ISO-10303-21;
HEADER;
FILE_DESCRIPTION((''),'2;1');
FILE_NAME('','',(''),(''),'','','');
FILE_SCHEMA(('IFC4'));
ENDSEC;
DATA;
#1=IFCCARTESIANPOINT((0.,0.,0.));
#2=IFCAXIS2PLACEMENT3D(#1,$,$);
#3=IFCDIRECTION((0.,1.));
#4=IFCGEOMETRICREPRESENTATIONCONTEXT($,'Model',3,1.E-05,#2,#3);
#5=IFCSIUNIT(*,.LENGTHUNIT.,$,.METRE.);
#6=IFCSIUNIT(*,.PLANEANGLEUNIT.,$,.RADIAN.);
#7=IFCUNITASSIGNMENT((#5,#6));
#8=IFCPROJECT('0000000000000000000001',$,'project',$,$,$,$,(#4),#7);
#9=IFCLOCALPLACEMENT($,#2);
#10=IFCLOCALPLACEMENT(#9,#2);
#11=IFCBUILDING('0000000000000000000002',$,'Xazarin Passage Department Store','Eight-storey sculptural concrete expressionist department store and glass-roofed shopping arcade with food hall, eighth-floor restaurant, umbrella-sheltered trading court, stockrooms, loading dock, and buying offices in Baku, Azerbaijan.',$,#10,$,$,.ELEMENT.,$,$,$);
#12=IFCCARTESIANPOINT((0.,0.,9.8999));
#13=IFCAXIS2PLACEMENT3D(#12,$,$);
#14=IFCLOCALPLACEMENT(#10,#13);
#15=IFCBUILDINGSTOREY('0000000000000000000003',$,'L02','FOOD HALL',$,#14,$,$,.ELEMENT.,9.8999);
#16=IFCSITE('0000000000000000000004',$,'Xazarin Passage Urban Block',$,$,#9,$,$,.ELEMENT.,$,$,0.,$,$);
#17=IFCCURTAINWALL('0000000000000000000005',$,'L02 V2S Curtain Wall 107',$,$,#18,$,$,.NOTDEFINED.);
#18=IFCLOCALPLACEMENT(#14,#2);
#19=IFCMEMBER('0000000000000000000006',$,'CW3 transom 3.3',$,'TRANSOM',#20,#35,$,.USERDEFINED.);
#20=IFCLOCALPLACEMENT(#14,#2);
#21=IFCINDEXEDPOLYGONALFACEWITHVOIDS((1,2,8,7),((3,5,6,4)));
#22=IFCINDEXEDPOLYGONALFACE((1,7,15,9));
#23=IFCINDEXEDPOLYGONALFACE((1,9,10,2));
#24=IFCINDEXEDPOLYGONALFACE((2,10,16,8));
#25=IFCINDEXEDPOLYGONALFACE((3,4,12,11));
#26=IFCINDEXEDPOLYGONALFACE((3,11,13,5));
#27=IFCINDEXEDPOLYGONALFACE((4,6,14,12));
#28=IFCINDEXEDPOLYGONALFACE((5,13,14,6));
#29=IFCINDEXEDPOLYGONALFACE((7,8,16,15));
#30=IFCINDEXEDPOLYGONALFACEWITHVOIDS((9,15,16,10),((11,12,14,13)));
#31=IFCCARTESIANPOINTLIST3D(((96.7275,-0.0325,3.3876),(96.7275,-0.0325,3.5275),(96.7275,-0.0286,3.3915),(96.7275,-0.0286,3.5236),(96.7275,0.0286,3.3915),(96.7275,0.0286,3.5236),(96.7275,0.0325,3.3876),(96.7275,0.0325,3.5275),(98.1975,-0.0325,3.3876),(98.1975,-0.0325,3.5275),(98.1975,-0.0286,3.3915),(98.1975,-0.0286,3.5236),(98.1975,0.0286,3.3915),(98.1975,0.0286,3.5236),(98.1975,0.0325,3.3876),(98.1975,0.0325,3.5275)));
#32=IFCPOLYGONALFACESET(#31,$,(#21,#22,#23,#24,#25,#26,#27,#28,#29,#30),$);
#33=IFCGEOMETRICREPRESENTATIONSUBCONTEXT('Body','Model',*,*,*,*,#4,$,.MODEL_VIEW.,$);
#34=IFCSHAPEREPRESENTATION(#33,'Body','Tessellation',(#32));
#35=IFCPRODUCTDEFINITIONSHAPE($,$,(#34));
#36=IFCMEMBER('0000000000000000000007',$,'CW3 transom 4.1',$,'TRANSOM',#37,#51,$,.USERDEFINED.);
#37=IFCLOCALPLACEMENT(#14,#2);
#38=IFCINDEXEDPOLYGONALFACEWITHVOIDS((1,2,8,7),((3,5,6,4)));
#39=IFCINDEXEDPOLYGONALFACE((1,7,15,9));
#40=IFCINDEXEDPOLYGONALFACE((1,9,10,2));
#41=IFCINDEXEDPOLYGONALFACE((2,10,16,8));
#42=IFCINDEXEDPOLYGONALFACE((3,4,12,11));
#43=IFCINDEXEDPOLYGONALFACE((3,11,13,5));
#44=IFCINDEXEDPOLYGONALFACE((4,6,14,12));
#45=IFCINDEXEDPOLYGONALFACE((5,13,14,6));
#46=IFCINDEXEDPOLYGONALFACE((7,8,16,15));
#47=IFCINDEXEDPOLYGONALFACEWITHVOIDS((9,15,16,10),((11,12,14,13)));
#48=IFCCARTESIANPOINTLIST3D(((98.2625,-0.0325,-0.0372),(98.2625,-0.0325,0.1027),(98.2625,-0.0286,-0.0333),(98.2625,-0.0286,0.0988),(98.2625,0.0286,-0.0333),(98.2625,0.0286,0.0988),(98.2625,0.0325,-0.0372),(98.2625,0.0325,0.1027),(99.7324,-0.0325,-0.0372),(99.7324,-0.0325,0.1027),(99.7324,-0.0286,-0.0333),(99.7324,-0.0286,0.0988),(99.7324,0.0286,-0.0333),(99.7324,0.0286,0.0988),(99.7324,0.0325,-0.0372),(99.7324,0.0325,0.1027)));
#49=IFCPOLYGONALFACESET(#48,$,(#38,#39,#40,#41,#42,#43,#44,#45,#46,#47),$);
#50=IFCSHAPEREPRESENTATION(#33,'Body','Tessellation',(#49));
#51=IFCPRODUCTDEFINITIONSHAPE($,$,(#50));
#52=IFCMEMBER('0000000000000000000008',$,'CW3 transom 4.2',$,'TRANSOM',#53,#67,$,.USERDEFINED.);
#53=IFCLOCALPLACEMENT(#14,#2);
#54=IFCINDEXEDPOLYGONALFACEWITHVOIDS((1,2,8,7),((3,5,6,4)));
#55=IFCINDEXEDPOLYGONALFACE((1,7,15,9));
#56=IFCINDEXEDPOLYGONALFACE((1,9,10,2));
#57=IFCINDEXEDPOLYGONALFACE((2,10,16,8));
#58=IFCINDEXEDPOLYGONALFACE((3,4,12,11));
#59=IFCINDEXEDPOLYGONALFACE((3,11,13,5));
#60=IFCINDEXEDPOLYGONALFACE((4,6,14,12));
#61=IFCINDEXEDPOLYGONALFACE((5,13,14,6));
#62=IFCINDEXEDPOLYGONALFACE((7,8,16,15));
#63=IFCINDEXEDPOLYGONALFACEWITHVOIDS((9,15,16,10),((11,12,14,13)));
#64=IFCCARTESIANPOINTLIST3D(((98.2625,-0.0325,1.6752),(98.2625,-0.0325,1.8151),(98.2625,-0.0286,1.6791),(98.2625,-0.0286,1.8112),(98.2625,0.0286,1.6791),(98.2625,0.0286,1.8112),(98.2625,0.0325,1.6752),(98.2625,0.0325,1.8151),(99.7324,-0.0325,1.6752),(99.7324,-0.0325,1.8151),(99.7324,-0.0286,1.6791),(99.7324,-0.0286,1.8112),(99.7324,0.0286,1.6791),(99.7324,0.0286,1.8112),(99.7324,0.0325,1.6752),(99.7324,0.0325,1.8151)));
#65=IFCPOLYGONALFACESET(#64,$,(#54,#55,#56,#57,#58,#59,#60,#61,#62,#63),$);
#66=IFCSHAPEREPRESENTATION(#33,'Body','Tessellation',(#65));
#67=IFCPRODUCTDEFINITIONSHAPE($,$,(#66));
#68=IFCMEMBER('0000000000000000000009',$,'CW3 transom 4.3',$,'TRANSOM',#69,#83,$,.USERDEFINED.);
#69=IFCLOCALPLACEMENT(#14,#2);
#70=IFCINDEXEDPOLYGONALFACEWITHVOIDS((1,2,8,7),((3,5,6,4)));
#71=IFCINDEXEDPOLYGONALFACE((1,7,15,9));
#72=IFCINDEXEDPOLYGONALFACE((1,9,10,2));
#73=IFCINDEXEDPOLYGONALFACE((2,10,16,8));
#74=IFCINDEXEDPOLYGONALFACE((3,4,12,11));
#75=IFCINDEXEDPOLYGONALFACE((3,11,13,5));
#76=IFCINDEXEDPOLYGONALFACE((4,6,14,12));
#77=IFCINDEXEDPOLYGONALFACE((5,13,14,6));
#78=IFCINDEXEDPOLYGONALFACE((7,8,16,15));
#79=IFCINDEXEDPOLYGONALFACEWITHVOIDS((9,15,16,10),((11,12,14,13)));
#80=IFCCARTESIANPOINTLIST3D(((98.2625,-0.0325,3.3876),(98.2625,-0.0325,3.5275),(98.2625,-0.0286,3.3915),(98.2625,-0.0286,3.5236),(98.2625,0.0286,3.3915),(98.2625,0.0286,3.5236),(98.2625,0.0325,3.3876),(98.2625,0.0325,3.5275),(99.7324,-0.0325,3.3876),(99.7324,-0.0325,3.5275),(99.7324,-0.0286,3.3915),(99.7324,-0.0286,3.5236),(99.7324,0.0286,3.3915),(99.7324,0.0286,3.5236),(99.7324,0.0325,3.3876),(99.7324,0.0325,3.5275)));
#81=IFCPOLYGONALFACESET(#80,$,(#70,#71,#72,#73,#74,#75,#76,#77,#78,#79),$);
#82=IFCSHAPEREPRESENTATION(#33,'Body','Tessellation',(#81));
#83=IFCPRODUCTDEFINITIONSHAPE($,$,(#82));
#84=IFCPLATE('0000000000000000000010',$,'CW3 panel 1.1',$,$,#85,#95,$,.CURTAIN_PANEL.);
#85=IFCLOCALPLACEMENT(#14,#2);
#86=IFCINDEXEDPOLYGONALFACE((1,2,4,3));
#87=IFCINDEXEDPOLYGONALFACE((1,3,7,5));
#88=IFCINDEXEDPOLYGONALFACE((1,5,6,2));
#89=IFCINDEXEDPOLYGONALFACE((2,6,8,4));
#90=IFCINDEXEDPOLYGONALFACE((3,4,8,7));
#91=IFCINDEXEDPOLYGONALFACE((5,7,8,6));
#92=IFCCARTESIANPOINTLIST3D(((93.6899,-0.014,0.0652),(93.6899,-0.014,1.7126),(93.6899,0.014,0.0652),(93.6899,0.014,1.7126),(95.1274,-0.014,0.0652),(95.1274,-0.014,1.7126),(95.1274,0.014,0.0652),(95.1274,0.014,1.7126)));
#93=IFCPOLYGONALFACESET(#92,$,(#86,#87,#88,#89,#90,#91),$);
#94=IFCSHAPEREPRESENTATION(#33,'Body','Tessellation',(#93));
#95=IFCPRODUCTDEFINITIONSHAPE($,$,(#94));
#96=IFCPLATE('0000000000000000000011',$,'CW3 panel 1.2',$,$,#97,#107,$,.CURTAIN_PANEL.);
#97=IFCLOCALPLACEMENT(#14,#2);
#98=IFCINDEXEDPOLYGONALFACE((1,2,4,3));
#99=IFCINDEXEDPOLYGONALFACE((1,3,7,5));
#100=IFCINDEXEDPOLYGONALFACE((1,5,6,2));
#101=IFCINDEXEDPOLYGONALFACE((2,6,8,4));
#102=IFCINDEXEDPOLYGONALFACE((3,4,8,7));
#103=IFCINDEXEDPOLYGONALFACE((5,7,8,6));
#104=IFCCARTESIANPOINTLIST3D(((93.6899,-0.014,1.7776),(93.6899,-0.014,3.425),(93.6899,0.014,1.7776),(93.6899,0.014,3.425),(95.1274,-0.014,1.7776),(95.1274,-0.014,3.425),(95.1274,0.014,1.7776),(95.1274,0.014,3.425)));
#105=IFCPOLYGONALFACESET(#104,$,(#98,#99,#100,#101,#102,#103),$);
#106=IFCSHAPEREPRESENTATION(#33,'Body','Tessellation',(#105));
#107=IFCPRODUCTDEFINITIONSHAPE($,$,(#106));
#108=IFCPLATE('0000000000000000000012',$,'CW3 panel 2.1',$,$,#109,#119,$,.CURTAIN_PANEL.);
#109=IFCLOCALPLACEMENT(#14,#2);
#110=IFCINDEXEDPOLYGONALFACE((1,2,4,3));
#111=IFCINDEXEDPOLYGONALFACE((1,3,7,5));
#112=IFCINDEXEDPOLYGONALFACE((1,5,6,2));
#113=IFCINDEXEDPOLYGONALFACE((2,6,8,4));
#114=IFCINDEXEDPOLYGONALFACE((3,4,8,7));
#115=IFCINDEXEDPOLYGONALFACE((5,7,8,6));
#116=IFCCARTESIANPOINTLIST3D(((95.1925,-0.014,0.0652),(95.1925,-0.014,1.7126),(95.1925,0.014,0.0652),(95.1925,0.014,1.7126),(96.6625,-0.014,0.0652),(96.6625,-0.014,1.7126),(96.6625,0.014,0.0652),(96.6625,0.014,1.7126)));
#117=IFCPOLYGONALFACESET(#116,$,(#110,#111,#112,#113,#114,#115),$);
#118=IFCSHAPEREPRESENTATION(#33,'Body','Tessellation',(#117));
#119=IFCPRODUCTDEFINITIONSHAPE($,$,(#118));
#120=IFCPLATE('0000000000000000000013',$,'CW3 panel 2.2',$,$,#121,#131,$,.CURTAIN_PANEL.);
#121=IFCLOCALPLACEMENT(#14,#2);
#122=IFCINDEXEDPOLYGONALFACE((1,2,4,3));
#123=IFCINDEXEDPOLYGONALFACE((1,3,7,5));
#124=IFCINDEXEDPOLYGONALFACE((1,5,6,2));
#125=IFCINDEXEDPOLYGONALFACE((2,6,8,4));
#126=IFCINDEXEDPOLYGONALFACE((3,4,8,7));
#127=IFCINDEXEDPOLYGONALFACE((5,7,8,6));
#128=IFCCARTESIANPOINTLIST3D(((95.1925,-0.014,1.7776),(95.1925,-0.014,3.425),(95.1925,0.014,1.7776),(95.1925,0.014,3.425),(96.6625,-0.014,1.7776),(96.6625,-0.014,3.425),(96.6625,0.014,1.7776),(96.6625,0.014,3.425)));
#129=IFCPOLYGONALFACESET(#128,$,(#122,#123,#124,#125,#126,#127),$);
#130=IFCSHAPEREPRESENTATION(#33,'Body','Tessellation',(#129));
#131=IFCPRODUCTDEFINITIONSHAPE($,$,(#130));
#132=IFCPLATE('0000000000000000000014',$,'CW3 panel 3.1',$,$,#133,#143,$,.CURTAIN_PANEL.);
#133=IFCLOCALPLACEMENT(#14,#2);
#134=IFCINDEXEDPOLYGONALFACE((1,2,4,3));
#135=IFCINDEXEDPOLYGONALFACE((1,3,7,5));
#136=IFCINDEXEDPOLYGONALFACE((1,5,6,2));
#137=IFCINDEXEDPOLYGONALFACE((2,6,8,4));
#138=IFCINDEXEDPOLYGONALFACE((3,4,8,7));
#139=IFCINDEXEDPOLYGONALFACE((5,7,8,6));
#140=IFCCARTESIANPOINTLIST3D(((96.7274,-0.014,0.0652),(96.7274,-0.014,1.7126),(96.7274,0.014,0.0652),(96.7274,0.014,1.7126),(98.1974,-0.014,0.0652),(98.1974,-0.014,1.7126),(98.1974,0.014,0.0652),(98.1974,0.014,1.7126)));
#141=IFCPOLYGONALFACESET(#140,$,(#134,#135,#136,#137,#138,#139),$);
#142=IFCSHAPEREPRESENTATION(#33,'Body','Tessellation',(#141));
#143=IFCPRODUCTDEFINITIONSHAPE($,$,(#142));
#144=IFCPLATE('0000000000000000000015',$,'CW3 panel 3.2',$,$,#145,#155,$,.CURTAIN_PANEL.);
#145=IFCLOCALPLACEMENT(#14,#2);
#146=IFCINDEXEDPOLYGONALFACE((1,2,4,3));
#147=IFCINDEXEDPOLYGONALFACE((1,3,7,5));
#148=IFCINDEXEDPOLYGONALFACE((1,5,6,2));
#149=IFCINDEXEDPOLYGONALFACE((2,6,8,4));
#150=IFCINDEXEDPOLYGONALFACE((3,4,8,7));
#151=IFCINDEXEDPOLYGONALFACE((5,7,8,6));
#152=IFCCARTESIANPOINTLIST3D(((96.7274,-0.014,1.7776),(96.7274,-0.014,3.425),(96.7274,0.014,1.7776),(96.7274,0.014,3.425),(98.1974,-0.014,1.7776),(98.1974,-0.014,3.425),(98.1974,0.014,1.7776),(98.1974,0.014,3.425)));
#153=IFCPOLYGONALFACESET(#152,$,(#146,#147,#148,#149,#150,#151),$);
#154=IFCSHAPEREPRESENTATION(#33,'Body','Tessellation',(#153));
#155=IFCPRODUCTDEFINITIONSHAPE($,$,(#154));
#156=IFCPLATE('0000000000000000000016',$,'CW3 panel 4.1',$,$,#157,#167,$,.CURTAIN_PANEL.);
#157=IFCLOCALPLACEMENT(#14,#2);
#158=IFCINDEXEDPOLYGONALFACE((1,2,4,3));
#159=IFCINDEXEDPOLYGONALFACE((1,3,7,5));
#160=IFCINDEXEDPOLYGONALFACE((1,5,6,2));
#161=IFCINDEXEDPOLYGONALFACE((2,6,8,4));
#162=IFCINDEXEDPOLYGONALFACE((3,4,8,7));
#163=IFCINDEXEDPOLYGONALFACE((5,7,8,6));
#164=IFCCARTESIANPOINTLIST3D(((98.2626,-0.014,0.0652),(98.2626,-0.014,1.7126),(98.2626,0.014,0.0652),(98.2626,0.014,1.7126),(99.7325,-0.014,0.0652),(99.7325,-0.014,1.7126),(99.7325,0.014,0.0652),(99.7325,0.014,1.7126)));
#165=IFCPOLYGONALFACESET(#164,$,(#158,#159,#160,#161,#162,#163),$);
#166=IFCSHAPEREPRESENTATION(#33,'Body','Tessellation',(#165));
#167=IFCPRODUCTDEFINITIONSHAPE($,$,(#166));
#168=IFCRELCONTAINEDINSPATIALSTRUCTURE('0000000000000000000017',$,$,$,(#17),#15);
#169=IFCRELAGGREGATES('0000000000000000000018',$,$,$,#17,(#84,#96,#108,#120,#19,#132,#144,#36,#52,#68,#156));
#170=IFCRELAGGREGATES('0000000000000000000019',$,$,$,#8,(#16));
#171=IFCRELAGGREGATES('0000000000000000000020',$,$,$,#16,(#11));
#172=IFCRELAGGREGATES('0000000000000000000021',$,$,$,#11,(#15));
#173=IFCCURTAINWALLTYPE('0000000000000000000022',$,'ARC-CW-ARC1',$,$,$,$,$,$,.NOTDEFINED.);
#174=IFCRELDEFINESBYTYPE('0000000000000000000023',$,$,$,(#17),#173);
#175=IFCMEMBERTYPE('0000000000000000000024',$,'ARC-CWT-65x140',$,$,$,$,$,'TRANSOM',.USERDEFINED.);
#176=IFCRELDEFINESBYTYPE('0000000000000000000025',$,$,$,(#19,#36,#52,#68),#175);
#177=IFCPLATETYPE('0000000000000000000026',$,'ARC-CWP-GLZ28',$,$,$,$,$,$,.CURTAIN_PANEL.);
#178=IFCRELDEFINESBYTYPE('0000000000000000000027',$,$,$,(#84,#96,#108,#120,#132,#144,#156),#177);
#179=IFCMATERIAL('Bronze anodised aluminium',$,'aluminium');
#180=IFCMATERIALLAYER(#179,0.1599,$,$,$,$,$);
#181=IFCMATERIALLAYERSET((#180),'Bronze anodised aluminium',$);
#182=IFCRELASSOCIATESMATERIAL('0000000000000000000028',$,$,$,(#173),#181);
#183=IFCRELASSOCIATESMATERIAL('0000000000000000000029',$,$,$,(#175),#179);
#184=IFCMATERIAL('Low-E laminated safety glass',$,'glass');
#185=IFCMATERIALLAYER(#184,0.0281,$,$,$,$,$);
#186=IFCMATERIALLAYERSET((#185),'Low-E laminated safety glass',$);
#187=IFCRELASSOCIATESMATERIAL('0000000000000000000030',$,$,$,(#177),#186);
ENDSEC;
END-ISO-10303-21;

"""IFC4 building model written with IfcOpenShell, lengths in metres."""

from ifc_helpers import new_model, si_unit, direction, frame, origin, origin_2d, place, context, subcontext, project, spatial, rectangle, hollow_rectangle, extrude, material, layer, layer_set, material_profile, profile_set, type_object, element, aggregate, save


model = new_model("IFC4")

# Units and contexts
model_context = context("Model", 3, precision=1e-05, world=origin(), true_north=direction((0.0, 1.0)))
body_context = subcontext(model_context, "Body", "Model", "MODEL_VIEW")
ifc_project = project(units=[si_unit("LENGTHUNIT", "METRE"), si_unit("PLANEANGLEUNIT", "RADIAN")], contexts=[model_context])

# Site, building, storey
site_placement = place(None, origin())
site = spatial("IfcSite", under=ifc_project, at=site_placement, Name="Xazarin Passage Urban Block", CompositionType="ELEMENT", RefElevation=0.0)
building_placement = place(site_placement, origin())
building = spatial("IfcBuilding", under=site, at=building_placement, Name="Xazarin Passage Department Store", Description="Eight-storey sculptural concrete expressionist department store and glass-roofed shopping arcade with food hall, eighth-floor restaurant, umbrella-sheltered trading court, stockrooms, loading dock, and buying offices in Baku, Azerbaijan.", CompositionType="ELEMENT")
storey_placement = place(building_placement, frame((0.0, 0.0, 9.8999)))
storey = spatial("IfcBuildingStorey", under=building, at=storey_placement, Name="L02", Description="FOOD HALL", CompositionType="ELEMENT", Elevation=9.8999)

# Curtain wall, members, plates
ifc_material_1 = material(Name="Bronze anodised aluminium", Category="aluminium")
ifc_layer_1 = layer(ifc_material_1, 0.1599)
ifc_layer_set_1 = layer_set([ifc_layer_1], Name="Bronze anodised aluminium")
curtain_wall_type = type_object("IfcCurtainWallType", Name="ARC-CW-ARC1", PredefinedType="NOTDEFINED", material=ifc_layer_set_1)
curtain_wall_placement = place(storey_placement, origin())
curtain_wall = element("IfcCurtainWall", 1, at=curtain_wall_placement, inside=storey, type_object=curtain_wall_type, Name="L02 V2S Curtain Wall 107", PredefinedType="NOTDEFINED")
ifc_material_profile_1 = material_profile(ifc_material_1, hollow_rectangle(XDim=0.0649, YDim=0.1399, WallThickness=0.0039, at=origin_2d()), Name="ALU 65x140")
ifc_profile_set_1 = profile_set([ifc_material_profile_1], Name="Bronze anodised aluminium")
member_type_1 = type_object("IfcMemberType", Name="ARC-CWT-65x140", ElementType="TRANSOM", PredefinedType="USERDEFINED", material=ifc_profile_set_1)
member_1_placement = place(storey_placement, frame((96.7275, 0.0, 3.4575), z_axis=(1.0, 0.0, 0.0), x_axis=(0.0, 1.0, 0.0)))
member_1 = element("IfcMember", 2, at=member_1_placement, type_object=member_type_1, Name="CW3 transom 3.3", ObjectType="TRANSOM", PredefinedType="USERDEFINED", context=body_context, shape_type="SweptSolid", body=[
    extrude(hollow_rectangle(XDim=0.0649, YDim=0.1399, WallThickness=0.0039, at=origin_2d()), origin(), (0.0, 0.0, 1.0), 1.47),
])
member_2_placement = place(storey_placement, frame((98.2625, 0.0, 0.0327), z_axis=(1.0, 0.0, 0.0), x_axis=(0.0, 1.0, 0.0)))
member_2 = element("IfcMember", 3, at=member_2_placement, type_object=member_type_1, Name="CW3 transom 4.1", ObjectType="TRANSOM", PredefinedType="USERDEFINED", context=body_context, shape_type="SweptSolid", body=[
    extrude(hollow_rectangle(XDim=0.0649, YDim=0.1399, WallThickness=0.0039, at=origin_2d()), origin(), (0.0, 0.0, 1.0), 1.47),
])
member_3_placement = place(storey_placement, frame((98.2625, 0.0, 1.7451), z_axis=(1.0, 0.0, 0.0), x_axis=(0.0, 1.0, 0.0)))
member_3 = element("IfcMember", 4, at=member_3_placement, type_object=member_type_1, Name="CW3 transom 4.2", ObjectType="TRANSOM", PredefinedType="USERDEFINED", context=body_context, shape_type="SweptSolid", body=[
    extrude(hollow_rectangle(XDim=0.0649, YDim=0.1399, WallThickness=0.0039, at=origin_2d()), origin(), (0.0, 0.0, 1.0), 1.47),
])
member_4_placement = place(storey_placement, frame((98.2625, 0.0, 3.4575), z_axis=(1.0, 0.0, 0.0), x_axis=(0.0, 1.0, 0.0)))
member_4 = element("IfcMember", 5, at=member_4_placement, type_object=member_type_1, Name="CW3 transom 4.3", ObjectType="TRANSOM", PredefinedType="USERDEFINED", context=body_context, shape_type="SweptSolid", body=[
    extrude(hollow_rectangle(XDim=0.0649, YDim=0.1399, WallThickness=0.0039, at=origin_2d()), origin(), (0.0, 0.0, 1.0), 1.47),
])
ifc_material_2 = material(Name="Low-E laminated safety glass", Category="glass")
ifc_layer_2 = layer(ifc_material_2, 0.0281)
ifc_layer_set_2 = layer_set([ifc_layer_2], Name="Low-E laminated safety glass")
plate_type = type_object("IfcPlateType", Name="ARC-CWP-GLZ28", PredefinedType="CURTAIN_PANEL", material=ifc_layer_set_2)
plate_1_placement = place(storey_placement, frame((94.4087, 0.0, 0.0652), z_axis=(0.0, 0.0, 1.0), x_axis=(1.0, 0.0, 0.0)))
plate_1 = element("IfcPlate", 6, at=plate_1_placement, type_object=plate_type, Name="CW3 panel 1.1", PredefinedType="CURTAIN_PANEL", context=body_context, shape_type="SweptSolid", body=[
    extrude(rectangle(XDim=1.4375, YDim=0.0281, at=origin_2d()), origin(), (0.0, 0.0, 1.0), 1.6475),
])
plate_2_placement = place(storey_placement, frame((94.4087, 0.0, 1.7776), z_axis=(0.0, 0.0, 1.0), x_axis=(1.0, 0.0, 0.0)))
plate_2 = element("IfcPlate", 7, at=plate_2_placement, type_object=plate_type, Name="CW3 panel 1.2", PredefinedType="CURTAIN_PANEL", context=body_context, shape_type="SweptSolid", body=[
    extrude(rectangle(XDim=1.4375, YDim=0.0281, at=origin_2d()), origin(), (0.0, 0.0, 1.0), 1.6475),
])
plate_3_placement = place(storey_placement, frame((95.9275, 0.0, 0.0652), z_axis=(0.0, 0.0, 1.0), x_axis=(1.0, 0.0, 0.0)))
plate_3 = element("IfcPlate", 8, at=plate_3_placement, type_object=plate_type, Name="CW3 panel 2.1", PredefinedType="CURTAIN_PANEL", context=body_context, shape_type="SweptSolid", body=[
    extrude(rectangle(XDim=1.47, YDim=0.0281, at=origin_2d()), origin(), (0.0, 0.0, 1.0), 1.6475),
])
plate_4_placement = place(storey_placement, frame((95.9275, 0.0, 1.7776), z_axis=(0.0, 0.0, 1.0), x_axis=(1.0, 0.0, 0.0)))
plate_4 = element("IfcPlate", 9, at=plate_4_placement, type_object=plate_type, Name="CW3 panel 2.2", PredefinedType="CURTAIN_PANEL", context=body_context, shape_type="SweptSolid", body=[
    extrude(rectangle(XDim=1.47, YDim=0.0281, at=origin_2d()), origin(), (0.0, 0.0, 1.0), 1.6475),
])
plate_5_placement = place(storey_placement, frame((97.4624, 0.0, 0.0652), z_axis=(0.0, 0.0, 1.0), x_axis=(1.0, 0.0, 0.0)))
plate_5 = element("IfcPlate", 10, at=plate_5_placement, type_object=plate_type, Name="CW3 panel 3.1", PredefinedType="CURTAIN_PANEL", context=body_context, shape_type="SweptSolid", body=[
    extrude(rectangle(XDim=1.47, YDim=0.0281, at=origin_2d()), origin(), (0.0, 0.0, 1.0), 1.6475),
])
plate_6_placement = place(storey_placement, frame((97.4624, 0.0, 1.7776), z_axis=(0.0, 0.0, 1.0), x_axis=(1.0, 0.0, 0.0)))
plate_6 = element("IfcPlate", 11, at=plate_6_placement, type_object=plate_type, Name="CW3 panel 3.2", PredefinedType="CURTAIN_PANEL", context=body_context, shape_type="SweptSolid", body=[
    extrude(rectangle(XDim=1.47, YDim=0.0281, at=origin_2d()), origin(), (0.0, 0.0, 1.0), 1.6475),
])
plate_7_placement = place(storey_placement, frame((98.9976, 0.0, 0.0652), z_axis=(0.0, 0.0, 1.0), x_axis=(1.0, 0.0, 0.0)))
plate_7 = element("IfcPlate", 12, at=plate_7_placement, type_object=plate_type, Name="CW3 panel 4.1", PredefinedType="CURTAIN_PANEL", context=body_context, shape_type="SweptSolid", body=[
    extrude(rectangle(XDim=1.47, YDim=0.0281, at=origin_2d()), origin(), (0.0, 0.0, 1.0), 1.6475),
])
aggregate(curtain_wall, [plate_1, plate_2, plate_3, plate_4, member_1, plate_5, plate_6, member_2, member_3, member_4, plate_7])

save(model, "model.ifc")
